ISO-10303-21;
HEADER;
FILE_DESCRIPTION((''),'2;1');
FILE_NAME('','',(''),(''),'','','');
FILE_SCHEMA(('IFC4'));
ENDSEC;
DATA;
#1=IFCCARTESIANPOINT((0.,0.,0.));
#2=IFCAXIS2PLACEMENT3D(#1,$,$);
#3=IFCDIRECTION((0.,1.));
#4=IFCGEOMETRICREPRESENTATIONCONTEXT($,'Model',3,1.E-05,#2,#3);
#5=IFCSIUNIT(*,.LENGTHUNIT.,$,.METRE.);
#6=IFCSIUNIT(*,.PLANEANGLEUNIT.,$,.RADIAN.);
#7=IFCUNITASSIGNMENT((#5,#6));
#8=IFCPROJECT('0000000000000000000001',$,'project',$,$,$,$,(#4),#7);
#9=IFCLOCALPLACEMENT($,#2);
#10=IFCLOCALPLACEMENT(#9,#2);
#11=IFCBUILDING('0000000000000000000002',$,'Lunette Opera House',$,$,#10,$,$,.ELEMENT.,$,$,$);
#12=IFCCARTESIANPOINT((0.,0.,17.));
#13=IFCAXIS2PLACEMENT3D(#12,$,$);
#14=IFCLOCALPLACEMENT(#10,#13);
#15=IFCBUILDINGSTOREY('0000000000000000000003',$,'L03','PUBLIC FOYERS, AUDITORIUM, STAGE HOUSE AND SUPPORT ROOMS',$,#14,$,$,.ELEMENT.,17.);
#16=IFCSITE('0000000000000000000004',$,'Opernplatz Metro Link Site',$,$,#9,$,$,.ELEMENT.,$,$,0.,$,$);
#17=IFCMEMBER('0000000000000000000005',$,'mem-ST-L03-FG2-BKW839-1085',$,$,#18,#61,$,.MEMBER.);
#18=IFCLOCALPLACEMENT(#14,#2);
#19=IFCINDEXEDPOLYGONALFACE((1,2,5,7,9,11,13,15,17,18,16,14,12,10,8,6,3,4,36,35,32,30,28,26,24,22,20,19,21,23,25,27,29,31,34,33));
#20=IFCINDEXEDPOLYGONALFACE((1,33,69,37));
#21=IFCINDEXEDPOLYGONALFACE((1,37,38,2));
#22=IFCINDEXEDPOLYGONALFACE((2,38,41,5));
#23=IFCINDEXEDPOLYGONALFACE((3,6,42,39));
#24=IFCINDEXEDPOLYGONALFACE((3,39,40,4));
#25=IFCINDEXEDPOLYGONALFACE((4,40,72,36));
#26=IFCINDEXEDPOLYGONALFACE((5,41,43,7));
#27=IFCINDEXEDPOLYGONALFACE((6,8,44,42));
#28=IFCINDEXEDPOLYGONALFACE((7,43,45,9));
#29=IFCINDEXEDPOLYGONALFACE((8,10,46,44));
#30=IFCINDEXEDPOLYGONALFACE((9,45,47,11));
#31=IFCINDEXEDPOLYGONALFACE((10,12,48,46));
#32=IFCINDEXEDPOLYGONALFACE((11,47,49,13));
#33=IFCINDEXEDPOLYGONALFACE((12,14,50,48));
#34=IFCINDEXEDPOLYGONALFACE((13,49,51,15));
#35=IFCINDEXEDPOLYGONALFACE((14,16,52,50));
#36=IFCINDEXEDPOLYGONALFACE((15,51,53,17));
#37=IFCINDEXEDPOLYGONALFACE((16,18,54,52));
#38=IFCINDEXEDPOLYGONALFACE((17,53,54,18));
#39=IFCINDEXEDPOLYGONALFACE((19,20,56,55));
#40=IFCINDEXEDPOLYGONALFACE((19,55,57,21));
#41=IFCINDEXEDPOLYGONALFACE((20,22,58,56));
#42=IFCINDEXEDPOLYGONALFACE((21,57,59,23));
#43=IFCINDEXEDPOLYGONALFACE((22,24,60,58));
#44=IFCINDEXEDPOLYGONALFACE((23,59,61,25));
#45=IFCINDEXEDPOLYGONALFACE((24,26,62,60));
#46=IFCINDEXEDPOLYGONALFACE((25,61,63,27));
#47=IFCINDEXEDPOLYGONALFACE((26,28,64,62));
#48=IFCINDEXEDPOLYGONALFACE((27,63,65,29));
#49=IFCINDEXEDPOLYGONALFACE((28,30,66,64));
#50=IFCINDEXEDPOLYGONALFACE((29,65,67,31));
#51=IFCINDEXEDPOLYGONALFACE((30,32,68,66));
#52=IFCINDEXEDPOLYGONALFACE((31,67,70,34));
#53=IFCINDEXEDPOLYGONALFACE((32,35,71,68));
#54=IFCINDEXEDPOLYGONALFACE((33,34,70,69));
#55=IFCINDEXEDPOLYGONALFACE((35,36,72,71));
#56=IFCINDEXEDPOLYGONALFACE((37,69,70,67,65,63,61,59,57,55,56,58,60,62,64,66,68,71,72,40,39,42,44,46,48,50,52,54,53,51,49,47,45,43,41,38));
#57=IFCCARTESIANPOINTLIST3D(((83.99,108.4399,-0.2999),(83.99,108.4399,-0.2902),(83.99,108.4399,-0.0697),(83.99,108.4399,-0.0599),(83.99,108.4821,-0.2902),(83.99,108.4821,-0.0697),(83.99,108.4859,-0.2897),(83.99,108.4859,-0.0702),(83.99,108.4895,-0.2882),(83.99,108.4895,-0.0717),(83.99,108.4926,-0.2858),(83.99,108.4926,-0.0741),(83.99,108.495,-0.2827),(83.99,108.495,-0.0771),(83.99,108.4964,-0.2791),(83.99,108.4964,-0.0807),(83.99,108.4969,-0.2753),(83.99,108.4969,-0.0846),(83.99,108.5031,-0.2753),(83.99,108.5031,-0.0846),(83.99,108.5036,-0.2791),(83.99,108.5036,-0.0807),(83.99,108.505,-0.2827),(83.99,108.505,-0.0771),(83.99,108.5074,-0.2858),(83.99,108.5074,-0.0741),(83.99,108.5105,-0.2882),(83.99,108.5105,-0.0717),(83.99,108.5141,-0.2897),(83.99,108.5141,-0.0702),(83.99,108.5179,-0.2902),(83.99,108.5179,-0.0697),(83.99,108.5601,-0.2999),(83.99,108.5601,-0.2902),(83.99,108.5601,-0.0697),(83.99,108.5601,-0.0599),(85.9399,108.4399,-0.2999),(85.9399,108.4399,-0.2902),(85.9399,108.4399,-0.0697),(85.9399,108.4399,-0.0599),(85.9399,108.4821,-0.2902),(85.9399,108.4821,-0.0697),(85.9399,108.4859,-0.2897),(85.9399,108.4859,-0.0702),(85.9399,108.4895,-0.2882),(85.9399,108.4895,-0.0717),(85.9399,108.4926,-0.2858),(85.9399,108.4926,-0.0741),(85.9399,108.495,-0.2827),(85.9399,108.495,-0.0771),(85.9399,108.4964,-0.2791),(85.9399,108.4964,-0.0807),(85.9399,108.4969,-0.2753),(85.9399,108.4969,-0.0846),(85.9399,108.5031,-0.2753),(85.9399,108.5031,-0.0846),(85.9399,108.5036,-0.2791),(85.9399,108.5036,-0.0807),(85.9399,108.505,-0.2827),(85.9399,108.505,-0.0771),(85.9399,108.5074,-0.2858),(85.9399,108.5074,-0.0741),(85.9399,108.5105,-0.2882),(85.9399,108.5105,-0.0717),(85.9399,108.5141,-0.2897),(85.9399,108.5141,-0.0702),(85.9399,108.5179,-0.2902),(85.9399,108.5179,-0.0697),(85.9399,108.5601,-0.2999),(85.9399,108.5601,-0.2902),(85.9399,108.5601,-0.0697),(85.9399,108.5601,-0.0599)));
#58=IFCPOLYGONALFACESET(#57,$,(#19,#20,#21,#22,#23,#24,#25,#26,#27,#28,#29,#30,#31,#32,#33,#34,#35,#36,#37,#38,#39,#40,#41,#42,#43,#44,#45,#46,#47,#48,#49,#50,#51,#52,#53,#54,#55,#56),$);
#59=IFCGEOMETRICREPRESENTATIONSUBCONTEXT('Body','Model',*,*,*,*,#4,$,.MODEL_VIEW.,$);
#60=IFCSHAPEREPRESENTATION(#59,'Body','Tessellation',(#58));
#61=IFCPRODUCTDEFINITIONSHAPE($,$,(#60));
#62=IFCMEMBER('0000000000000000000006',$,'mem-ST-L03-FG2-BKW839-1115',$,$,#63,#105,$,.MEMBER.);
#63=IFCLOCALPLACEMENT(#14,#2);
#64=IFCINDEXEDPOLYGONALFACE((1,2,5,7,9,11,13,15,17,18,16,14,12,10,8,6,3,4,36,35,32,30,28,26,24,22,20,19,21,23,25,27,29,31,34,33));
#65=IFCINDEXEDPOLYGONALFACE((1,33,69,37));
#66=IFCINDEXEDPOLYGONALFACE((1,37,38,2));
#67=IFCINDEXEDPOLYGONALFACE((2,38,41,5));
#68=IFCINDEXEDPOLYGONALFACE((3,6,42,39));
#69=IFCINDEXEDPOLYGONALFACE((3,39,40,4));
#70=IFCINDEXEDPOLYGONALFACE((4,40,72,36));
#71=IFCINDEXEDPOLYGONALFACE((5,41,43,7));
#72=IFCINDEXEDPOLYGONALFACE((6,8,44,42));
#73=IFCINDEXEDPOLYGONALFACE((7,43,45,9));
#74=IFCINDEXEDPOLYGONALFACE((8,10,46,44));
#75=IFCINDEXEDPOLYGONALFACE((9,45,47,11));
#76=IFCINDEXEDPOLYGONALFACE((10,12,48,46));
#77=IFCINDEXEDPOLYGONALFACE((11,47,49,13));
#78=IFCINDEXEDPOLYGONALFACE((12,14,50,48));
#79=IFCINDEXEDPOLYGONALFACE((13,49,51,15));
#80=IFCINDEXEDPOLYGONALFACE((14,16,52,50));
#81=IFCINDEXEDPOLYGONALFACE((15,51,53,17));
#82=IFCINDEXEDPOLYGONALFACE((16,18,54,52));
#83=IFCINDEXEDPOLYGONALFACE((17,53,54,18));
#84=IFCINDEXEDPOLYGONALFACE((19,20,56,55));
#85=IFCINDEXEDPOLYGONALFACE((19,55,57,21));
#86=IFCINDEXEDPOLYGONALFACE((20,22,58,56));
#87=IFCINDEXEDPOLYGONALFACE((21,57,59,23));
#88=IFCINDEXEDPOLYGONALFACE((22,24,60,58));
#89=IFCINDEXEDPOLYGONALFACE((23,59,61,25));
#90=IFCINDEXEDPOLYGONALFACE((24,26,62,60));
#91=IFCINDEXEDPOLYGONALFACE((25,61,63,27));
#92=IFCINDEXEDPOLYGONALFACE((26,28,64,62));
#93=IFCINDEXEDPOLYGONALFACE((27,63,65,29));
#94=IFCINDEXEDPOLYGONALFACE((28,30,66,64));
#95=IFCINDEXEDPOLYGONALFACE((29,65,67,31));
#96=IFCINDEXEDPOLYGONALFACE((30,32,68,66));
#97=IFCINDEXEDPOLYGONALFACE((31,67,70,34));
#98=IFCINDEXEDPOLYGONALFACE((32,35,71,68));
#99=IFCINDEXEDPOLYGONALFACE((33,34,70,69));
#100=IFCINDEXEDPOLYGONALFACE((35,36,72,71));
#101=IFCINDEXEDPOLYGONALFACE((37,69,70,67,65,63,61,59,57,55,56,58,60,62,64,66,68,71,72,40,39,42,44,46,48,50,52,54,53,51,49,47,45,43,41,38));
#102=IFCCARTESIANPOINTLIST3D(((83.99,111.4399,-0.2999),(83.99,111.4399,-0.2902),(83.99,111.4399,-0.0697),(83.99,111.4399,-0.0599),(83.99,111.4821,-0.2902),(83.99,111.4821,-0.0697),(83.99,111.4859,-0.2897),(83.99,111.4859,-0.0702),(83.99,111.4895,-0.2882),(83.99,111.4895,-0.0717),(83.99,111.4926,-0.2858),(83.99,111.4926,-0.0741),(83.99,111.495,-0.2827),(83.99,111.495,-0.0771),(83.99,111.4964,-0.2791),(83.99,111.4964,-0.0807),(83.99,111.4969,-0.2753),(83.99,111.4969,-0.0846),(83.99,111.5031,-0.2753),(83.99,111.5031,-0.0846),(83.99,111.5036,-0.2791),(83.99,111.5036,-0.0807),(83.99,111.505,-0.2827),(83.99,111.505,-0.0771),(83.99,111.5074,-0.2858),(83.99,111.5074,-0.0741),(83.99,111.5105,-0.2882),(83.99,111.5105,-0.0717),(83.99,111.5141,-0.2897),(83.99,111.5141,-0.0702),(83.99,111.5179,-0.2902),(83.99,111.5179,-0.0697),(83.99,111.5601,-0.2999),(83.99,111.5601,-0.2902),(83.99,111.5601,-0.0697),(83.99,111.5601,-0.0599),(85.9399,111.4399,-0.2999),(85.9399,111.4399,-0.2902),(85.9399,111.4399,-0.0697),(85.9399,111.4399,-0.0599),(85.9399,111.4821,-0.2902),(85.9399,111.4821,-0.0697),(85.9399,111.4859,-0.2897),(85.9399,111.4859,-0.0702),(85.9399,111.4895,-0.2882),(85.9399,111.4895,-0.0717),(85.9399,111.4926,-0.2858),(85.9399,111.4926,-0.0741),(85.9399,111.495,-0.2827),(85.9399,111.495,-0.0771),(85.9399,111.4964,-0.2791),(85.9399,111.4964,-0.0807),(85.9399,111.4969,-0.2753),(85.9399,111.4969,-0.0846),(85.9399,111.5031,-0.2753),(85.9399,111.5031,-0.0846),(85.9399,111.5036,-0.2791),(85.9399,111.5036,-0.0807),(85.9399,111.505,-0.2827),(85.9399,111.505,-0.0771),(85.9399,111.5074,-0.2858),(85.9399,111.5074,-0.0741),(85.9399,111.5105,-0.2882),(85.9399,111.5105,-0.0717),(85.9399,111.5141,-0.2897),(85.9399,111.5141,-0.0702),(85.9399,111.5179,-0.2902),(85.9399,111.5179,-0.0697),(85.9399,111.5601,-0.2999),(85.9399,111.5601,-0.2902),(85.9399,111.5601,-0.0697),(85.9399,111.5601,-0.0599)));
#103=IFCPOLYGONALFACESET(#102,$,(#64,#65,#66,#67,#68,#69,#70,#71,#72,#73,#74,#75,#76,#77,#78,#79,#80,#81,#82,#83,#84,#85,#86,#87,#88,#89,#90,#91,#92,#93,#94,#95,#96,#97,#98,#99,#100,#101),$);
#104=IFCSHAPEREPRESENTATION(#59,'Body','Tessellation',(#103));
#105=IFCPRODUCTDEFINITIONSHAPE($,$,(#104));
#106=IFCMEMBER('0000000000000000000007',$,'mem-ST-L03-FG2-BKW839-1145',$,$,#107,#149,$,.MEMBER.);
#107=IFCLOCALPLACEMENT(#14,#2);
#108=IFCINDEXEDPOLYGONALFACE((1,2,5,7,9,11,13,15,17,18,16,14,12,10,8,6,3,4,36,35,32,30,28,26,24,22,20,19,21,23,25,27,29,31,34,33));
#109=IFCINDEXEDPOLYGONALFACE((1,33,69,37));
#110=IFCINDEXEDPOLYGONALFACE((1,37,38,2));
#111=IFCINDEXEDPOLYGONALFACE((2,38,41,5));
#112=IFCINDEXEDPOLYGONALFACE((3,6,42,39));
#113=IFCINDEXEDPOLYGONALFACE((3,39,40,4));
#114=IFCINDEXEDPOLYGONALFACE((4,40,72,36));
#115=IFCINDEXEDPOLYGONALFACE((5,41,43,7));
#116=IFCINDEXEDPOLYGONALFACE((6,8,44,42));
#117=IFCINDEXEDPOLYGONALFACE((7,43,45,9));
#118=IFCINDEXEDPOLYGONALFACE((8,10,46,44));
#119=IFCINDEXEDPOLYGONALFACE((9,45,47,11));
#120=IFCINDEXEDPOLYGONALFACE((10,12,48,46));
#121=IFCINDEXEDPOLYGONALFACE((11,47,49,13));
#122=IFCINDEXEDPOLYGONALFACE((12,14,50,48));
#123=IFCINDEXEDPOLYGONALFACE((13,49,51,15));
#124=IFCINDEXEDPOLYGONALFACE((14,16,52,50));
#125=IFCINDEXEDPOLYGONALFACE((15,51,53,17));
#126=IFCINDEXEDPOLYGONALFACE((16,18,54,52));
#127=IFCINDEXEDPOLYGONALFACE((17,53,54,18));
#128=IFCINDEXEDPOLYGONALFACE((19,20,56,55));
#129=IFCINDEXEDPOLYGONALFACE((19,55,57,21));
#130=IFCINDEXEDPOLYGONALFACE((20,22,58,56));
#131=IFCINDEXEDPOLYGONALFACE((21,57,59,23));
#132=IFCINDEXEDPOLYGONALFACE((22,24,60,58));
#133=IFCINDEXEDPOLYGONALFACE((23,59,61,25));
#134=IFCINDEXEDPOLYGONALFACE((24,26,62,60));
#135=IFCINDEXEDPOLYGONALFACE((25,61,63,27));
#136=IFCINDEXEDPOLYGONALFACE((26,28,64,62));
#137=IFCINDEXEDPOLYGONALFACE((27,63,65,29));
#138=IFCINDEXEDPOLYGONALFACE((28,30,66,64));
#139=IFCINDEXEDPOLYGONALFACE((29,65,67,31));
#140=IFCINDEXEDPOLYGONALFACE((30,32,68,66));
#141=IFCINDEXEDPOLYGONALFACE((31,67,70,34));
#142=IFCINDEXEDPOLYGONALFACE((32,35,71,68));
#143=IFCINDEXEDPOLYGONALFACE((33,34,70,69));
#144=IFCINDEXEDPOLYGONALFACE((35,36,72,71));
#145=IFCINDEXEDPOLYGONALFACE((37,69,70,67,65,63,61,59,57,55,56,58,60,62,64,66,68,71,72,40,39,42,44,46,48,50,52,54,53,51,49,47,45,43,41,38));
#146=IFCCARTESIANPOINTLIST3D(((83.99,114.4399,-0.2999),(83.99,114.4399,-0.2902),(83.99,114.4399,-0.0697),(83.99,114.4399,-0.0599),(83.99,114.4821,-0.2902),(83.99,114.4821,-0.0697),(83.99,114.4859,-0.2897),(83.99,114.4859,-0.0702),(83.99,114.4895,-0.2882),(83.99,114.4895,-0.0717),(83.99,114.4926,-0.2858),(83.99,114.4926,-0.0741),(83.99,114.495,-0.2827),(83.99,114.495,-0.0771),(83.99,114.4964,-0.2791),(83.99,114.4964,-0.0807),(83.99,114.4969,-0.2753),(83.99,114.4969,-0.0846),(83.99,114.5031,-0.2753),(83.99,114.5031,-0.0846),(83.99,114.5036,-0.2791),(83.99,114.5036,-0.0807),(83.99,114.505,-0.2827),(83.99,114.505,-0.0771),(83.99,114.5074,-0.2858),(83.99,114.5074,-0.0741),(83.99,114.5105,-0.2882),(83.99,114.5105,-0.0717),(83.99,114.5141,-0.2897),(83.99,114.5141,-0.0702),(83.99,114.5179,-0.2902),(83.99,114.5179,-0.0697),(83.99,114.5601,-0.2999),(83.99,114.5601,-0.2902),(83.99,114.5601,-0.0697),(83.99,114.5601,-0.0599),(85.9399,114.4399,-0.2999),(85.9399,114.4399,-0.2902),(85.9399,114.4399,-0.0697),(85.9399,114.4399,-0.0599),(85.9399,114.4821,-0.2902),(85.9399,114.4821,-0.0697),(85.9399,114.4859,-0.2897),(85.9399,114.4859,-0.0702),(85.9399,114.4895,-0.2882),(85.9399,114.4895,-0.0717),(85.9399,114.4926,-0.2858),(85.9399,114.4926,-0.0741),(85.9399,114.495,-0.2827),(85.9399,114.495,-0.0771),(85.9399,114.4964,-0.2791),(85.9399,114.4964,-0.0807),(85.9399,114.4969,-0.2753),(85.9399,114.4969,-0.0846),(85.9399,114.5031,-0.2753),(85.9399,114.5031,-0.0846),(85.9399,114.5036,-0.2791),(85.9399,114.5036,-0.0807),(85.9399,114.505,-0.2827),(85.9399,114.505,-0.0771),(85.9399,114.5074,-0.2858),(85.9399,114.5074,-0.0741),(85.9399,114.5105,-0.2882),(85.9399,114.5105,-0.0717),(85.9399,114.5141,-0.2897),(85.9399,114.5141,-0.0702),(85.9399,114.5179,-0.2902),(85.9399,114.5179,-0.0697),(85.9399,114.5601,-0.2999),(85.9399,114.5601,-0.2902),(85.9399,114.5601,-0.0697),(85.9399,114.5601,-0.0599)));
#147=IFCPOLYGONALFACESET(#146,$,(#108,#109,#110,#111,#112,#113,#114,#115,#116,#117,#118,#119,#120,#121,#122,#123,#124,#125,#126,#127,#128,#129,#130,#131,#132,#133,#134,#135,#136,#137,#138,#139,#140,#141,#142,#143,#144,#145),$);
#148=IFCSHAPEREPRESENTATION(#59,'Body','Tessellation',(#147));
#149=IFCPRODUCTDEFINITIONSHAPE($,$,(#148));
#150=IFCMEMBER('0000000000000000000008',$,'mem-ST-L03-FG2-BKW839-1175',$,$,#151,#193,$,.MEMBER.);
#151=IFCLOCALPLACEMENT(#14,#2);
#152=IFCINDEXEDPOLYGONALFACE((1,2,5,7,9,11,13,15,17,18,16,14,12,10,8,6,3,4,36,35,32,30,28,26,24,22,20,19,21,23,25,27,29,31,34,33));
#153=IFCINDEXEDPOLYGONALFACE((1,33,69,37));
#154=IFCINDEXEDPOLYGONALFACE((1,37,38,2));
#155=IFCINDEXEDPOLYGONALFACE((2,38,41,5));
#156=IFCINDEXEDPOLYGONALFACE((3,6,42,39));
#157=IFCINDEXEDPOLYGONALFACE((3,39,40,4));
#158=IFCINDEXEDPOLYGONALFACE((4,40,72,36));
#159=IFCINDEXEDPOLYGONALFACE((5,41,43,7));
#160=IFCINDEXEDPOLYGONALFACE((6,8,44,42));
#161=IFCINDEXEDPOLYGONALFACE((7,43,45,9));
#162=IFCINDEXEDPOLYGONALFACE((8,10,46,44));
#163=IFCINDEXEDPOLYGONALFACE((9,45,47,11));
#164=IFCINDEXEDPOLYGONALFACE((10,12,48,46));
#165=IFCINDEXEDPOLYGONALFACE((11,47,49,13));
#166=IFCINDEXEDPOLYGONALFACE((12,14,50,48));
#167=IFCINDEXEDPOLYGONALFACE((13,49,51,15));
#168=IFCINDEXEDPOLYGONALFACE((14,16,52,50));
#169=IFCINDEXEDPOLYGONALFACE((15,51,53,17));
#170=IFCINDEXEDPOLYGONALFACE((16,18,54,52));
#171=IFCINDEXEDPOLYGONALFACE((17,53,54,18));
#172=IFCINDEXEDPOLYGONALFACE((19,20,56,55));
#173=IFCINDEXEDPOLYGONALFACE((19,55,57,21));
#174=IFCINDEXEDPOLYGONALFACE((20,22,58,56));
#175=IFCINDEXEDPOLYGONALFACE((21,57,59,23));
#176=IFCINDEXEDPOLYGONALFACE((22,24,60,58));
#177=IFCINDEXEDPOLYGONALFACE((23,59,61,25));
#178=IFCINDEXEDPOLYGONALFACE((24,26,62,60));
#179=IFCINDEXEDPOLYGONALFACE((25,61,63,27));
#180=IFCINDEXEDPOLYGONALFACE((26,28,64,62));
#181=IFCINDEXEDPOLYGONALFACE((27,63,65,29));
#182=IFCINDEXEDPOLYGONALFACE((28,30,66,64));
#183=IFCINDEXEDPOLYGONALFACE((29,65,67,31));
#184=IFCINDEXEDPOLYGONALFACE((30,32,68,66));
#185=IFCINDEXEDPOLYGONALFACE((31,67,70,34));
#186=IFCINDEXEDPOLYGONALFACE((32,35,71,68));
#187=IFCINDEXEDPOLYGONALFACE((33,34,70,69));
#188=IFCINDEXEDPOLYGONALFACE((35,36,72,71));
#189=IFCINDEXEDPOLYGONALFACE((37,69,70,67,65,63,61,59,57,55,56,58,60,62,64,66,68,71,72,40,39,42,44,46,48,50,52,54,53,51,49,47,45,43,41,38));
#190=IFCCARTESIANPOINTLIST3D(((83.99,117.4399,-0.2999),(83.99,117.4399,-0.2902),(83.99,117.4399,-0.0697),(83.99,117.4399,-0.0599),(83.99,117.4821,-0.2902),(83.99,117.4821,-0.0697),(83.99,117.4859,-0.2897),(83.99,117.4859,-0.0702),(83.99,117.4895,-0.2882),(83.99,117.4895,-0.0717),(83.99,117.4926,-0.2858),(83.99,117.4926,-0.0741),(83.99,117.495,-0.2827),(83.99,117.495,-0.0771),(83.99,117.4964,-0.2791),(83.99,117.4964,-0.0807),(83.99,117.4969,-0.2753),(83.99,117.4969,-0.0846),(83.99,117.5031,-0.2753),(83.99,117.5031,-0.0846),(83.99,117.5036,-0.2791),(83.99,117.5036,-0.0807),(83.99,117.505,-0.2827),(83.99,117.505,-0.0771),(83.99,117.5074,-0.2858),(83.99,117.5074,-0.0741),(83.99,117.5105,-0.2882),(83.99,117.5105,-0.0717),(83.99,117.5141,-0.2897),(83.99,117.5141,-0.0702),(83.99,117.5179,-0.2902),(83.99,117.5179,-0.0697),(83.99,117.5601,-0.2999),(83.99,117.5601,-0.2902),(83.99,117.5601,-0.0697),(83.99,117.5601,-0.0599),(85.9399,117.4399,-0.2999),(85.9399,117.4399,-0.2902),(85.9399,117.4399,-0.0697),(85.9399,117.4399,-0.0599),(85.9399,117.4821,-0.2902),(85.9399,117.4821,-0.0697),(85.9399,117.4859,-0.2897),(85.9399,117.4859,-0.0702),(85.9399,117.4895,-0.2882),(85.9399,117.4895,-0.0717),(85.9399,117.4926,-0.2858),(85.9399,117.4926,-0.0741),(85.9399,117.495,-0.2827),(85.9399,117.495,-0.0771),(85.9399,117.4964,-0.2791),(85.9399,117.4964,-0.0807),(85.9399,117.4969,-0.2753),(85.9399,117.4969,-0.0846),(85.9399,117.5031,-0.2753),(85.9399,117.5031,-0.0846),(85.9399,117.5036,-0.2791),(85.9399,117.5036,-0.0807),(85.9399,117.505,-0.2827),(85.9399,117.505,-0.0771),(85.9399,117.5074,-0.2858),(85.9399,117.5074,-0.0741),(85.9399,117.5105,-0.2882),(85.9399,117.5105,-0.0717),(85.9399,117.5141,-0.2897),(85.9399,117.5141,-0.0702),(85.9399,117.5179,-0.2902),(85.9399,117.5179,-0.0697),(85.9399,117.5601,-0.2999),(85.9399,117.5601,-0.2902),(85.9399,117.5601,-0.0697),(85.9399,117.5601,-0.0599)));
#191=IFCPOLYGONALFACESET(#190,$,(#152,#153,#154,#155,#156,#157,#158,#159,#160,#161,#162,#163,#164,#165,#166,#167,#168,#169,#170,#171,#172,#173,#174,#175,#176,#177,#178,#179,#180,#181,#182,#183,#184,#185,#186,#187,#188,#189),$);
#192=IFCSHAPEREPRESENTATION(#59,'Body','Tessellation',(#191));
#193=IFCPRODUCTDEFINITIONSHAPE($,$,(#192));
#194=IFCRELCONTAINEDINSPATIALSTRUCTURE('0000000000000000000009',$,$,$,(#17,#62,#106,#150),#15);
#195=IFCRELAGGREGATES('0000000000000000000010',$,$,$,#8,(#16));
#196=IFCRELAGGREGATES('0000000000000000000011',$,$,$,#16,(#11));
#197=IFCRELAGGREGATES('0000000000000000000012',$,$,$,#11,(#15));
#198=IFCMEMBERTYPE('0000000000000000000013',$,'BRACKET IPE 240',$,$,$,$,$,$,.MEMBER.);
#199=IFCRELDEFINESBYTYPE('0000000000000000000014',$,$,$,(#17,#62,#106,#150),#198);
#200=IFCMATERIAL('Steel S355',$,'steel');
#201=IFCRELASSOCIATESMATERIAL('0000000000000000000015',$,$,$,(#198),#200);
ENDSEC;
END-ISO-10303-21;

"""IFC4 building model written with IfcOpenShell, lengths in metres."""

from ifc_helpers import new_model, si_unit, direction, frame, origin, origin_2d, place, context, subcontext, project, spatial, i_section, extrude, material, material_profile, profile_set, type_object, element, save


model = new_model("IFC4")

# Units and contexts
model_context = context("Model", 3, precision=1e-05, world=origin(), true_north=direction((0.0, 1.0)))
body_context = subcontext(model_context, "Body", "Model", "MODEL_VIEW")
ifc_project = project(units=[si_unit("LENGTHUNIT", "METRE"), si_unit("PLANEANGLEUNIT", "RADIAN")], contexts=[model_context])

# Site, building, storey
site_placement = place(None, origin())
site = spatial("IfcSite", under=ifc_project, at=site_placement, Name="Opernplatz Metro Link Site", CompositionType="ELEMENT", RefElevation=0.0)
building_placement = place(site_placement, origin())
building = spatial("IfcBuilding", under=site, at=building_placement, Name="Lunette Opera House", CompositionType="ELEMENT")
storey_placement = place(building_placement, frame((0.0, 0.0, 17.0)))
storey = spatial("IfcBuildingStorey", under=building, at=storey_placement, Name="L03", Description="PUBLIC FOYERS, AUDITORIUM, STAGE HOUSE AND SUPPORT ROOMS", CompositionType="ELEMENT", Elevation=17.0)

# Members
ifc_material_1 = material(Name="Steel S355", Category="steel")
ifc_material_profile_1 = material_profile(ifc_material_1, i_section(OverallWidth=0.1201, OverallDepth=0.24, WebThickness=0.0061, FlangeThickness=0.0098, FilletRadius=0.0149, at=origin_2d()), Name="IPE 240")
ifc_profile_set_1 = profile_set([ifc_material_profile_1], Name="Steel S355")
member_type_1 = type_object("IfcMemberType", Name="BRACKET IPE 240", PredefinedType="MEMBER", material=ifc_profile_set_1)
for number, where, z_axis, x_axis, name in (
    (1, (83.99, 108.5, -0.1799), (1.0, 0.0, 0.0), (0.0, 1.0, 0.0), "mem-ST-L03-FG2-BKW839-1085"),
    (2, (83.99, 111.5, -0.1799), (1.0, 0.0, 0.0), (0.0, 1.0, 0.0), "mem-ST-L03-FG2-BKW839-1115"),
    (3, (83.99, 114.5, -0.1799), (1.0, 0.0, 0.0), (0.0, 1.0, 0.0), "mem-ST-L03-FG2-BKW839-1145"),
    (4, (83.99, 117.5, -0.1799), (1.0, 0.0, 0.0), (0.0, 1.0, 0.0), "mem-ST-L03-FG2-BKW839-1175"),
):
    element("IfcMember", number, at=place(storey_placement, frame(where, z_axis=z_axis, x_axis=x_axis)), inside=storey, type_object=member_type_1, Name=name, PredefinedType="MEMBER", context=body_context, shape_type="SweptSolid", body=[
        extrude(i_section(OverallWidth=0.1201, OverallDepth=0.24, WebThickness=0.0061, FlangeThickness=0.0098, FilletRadius=0.0149, at=origin_2d()), origin(), (0.0, 0.0, 1.0), 1.95),
    ])

save(model, "model.ifc")
